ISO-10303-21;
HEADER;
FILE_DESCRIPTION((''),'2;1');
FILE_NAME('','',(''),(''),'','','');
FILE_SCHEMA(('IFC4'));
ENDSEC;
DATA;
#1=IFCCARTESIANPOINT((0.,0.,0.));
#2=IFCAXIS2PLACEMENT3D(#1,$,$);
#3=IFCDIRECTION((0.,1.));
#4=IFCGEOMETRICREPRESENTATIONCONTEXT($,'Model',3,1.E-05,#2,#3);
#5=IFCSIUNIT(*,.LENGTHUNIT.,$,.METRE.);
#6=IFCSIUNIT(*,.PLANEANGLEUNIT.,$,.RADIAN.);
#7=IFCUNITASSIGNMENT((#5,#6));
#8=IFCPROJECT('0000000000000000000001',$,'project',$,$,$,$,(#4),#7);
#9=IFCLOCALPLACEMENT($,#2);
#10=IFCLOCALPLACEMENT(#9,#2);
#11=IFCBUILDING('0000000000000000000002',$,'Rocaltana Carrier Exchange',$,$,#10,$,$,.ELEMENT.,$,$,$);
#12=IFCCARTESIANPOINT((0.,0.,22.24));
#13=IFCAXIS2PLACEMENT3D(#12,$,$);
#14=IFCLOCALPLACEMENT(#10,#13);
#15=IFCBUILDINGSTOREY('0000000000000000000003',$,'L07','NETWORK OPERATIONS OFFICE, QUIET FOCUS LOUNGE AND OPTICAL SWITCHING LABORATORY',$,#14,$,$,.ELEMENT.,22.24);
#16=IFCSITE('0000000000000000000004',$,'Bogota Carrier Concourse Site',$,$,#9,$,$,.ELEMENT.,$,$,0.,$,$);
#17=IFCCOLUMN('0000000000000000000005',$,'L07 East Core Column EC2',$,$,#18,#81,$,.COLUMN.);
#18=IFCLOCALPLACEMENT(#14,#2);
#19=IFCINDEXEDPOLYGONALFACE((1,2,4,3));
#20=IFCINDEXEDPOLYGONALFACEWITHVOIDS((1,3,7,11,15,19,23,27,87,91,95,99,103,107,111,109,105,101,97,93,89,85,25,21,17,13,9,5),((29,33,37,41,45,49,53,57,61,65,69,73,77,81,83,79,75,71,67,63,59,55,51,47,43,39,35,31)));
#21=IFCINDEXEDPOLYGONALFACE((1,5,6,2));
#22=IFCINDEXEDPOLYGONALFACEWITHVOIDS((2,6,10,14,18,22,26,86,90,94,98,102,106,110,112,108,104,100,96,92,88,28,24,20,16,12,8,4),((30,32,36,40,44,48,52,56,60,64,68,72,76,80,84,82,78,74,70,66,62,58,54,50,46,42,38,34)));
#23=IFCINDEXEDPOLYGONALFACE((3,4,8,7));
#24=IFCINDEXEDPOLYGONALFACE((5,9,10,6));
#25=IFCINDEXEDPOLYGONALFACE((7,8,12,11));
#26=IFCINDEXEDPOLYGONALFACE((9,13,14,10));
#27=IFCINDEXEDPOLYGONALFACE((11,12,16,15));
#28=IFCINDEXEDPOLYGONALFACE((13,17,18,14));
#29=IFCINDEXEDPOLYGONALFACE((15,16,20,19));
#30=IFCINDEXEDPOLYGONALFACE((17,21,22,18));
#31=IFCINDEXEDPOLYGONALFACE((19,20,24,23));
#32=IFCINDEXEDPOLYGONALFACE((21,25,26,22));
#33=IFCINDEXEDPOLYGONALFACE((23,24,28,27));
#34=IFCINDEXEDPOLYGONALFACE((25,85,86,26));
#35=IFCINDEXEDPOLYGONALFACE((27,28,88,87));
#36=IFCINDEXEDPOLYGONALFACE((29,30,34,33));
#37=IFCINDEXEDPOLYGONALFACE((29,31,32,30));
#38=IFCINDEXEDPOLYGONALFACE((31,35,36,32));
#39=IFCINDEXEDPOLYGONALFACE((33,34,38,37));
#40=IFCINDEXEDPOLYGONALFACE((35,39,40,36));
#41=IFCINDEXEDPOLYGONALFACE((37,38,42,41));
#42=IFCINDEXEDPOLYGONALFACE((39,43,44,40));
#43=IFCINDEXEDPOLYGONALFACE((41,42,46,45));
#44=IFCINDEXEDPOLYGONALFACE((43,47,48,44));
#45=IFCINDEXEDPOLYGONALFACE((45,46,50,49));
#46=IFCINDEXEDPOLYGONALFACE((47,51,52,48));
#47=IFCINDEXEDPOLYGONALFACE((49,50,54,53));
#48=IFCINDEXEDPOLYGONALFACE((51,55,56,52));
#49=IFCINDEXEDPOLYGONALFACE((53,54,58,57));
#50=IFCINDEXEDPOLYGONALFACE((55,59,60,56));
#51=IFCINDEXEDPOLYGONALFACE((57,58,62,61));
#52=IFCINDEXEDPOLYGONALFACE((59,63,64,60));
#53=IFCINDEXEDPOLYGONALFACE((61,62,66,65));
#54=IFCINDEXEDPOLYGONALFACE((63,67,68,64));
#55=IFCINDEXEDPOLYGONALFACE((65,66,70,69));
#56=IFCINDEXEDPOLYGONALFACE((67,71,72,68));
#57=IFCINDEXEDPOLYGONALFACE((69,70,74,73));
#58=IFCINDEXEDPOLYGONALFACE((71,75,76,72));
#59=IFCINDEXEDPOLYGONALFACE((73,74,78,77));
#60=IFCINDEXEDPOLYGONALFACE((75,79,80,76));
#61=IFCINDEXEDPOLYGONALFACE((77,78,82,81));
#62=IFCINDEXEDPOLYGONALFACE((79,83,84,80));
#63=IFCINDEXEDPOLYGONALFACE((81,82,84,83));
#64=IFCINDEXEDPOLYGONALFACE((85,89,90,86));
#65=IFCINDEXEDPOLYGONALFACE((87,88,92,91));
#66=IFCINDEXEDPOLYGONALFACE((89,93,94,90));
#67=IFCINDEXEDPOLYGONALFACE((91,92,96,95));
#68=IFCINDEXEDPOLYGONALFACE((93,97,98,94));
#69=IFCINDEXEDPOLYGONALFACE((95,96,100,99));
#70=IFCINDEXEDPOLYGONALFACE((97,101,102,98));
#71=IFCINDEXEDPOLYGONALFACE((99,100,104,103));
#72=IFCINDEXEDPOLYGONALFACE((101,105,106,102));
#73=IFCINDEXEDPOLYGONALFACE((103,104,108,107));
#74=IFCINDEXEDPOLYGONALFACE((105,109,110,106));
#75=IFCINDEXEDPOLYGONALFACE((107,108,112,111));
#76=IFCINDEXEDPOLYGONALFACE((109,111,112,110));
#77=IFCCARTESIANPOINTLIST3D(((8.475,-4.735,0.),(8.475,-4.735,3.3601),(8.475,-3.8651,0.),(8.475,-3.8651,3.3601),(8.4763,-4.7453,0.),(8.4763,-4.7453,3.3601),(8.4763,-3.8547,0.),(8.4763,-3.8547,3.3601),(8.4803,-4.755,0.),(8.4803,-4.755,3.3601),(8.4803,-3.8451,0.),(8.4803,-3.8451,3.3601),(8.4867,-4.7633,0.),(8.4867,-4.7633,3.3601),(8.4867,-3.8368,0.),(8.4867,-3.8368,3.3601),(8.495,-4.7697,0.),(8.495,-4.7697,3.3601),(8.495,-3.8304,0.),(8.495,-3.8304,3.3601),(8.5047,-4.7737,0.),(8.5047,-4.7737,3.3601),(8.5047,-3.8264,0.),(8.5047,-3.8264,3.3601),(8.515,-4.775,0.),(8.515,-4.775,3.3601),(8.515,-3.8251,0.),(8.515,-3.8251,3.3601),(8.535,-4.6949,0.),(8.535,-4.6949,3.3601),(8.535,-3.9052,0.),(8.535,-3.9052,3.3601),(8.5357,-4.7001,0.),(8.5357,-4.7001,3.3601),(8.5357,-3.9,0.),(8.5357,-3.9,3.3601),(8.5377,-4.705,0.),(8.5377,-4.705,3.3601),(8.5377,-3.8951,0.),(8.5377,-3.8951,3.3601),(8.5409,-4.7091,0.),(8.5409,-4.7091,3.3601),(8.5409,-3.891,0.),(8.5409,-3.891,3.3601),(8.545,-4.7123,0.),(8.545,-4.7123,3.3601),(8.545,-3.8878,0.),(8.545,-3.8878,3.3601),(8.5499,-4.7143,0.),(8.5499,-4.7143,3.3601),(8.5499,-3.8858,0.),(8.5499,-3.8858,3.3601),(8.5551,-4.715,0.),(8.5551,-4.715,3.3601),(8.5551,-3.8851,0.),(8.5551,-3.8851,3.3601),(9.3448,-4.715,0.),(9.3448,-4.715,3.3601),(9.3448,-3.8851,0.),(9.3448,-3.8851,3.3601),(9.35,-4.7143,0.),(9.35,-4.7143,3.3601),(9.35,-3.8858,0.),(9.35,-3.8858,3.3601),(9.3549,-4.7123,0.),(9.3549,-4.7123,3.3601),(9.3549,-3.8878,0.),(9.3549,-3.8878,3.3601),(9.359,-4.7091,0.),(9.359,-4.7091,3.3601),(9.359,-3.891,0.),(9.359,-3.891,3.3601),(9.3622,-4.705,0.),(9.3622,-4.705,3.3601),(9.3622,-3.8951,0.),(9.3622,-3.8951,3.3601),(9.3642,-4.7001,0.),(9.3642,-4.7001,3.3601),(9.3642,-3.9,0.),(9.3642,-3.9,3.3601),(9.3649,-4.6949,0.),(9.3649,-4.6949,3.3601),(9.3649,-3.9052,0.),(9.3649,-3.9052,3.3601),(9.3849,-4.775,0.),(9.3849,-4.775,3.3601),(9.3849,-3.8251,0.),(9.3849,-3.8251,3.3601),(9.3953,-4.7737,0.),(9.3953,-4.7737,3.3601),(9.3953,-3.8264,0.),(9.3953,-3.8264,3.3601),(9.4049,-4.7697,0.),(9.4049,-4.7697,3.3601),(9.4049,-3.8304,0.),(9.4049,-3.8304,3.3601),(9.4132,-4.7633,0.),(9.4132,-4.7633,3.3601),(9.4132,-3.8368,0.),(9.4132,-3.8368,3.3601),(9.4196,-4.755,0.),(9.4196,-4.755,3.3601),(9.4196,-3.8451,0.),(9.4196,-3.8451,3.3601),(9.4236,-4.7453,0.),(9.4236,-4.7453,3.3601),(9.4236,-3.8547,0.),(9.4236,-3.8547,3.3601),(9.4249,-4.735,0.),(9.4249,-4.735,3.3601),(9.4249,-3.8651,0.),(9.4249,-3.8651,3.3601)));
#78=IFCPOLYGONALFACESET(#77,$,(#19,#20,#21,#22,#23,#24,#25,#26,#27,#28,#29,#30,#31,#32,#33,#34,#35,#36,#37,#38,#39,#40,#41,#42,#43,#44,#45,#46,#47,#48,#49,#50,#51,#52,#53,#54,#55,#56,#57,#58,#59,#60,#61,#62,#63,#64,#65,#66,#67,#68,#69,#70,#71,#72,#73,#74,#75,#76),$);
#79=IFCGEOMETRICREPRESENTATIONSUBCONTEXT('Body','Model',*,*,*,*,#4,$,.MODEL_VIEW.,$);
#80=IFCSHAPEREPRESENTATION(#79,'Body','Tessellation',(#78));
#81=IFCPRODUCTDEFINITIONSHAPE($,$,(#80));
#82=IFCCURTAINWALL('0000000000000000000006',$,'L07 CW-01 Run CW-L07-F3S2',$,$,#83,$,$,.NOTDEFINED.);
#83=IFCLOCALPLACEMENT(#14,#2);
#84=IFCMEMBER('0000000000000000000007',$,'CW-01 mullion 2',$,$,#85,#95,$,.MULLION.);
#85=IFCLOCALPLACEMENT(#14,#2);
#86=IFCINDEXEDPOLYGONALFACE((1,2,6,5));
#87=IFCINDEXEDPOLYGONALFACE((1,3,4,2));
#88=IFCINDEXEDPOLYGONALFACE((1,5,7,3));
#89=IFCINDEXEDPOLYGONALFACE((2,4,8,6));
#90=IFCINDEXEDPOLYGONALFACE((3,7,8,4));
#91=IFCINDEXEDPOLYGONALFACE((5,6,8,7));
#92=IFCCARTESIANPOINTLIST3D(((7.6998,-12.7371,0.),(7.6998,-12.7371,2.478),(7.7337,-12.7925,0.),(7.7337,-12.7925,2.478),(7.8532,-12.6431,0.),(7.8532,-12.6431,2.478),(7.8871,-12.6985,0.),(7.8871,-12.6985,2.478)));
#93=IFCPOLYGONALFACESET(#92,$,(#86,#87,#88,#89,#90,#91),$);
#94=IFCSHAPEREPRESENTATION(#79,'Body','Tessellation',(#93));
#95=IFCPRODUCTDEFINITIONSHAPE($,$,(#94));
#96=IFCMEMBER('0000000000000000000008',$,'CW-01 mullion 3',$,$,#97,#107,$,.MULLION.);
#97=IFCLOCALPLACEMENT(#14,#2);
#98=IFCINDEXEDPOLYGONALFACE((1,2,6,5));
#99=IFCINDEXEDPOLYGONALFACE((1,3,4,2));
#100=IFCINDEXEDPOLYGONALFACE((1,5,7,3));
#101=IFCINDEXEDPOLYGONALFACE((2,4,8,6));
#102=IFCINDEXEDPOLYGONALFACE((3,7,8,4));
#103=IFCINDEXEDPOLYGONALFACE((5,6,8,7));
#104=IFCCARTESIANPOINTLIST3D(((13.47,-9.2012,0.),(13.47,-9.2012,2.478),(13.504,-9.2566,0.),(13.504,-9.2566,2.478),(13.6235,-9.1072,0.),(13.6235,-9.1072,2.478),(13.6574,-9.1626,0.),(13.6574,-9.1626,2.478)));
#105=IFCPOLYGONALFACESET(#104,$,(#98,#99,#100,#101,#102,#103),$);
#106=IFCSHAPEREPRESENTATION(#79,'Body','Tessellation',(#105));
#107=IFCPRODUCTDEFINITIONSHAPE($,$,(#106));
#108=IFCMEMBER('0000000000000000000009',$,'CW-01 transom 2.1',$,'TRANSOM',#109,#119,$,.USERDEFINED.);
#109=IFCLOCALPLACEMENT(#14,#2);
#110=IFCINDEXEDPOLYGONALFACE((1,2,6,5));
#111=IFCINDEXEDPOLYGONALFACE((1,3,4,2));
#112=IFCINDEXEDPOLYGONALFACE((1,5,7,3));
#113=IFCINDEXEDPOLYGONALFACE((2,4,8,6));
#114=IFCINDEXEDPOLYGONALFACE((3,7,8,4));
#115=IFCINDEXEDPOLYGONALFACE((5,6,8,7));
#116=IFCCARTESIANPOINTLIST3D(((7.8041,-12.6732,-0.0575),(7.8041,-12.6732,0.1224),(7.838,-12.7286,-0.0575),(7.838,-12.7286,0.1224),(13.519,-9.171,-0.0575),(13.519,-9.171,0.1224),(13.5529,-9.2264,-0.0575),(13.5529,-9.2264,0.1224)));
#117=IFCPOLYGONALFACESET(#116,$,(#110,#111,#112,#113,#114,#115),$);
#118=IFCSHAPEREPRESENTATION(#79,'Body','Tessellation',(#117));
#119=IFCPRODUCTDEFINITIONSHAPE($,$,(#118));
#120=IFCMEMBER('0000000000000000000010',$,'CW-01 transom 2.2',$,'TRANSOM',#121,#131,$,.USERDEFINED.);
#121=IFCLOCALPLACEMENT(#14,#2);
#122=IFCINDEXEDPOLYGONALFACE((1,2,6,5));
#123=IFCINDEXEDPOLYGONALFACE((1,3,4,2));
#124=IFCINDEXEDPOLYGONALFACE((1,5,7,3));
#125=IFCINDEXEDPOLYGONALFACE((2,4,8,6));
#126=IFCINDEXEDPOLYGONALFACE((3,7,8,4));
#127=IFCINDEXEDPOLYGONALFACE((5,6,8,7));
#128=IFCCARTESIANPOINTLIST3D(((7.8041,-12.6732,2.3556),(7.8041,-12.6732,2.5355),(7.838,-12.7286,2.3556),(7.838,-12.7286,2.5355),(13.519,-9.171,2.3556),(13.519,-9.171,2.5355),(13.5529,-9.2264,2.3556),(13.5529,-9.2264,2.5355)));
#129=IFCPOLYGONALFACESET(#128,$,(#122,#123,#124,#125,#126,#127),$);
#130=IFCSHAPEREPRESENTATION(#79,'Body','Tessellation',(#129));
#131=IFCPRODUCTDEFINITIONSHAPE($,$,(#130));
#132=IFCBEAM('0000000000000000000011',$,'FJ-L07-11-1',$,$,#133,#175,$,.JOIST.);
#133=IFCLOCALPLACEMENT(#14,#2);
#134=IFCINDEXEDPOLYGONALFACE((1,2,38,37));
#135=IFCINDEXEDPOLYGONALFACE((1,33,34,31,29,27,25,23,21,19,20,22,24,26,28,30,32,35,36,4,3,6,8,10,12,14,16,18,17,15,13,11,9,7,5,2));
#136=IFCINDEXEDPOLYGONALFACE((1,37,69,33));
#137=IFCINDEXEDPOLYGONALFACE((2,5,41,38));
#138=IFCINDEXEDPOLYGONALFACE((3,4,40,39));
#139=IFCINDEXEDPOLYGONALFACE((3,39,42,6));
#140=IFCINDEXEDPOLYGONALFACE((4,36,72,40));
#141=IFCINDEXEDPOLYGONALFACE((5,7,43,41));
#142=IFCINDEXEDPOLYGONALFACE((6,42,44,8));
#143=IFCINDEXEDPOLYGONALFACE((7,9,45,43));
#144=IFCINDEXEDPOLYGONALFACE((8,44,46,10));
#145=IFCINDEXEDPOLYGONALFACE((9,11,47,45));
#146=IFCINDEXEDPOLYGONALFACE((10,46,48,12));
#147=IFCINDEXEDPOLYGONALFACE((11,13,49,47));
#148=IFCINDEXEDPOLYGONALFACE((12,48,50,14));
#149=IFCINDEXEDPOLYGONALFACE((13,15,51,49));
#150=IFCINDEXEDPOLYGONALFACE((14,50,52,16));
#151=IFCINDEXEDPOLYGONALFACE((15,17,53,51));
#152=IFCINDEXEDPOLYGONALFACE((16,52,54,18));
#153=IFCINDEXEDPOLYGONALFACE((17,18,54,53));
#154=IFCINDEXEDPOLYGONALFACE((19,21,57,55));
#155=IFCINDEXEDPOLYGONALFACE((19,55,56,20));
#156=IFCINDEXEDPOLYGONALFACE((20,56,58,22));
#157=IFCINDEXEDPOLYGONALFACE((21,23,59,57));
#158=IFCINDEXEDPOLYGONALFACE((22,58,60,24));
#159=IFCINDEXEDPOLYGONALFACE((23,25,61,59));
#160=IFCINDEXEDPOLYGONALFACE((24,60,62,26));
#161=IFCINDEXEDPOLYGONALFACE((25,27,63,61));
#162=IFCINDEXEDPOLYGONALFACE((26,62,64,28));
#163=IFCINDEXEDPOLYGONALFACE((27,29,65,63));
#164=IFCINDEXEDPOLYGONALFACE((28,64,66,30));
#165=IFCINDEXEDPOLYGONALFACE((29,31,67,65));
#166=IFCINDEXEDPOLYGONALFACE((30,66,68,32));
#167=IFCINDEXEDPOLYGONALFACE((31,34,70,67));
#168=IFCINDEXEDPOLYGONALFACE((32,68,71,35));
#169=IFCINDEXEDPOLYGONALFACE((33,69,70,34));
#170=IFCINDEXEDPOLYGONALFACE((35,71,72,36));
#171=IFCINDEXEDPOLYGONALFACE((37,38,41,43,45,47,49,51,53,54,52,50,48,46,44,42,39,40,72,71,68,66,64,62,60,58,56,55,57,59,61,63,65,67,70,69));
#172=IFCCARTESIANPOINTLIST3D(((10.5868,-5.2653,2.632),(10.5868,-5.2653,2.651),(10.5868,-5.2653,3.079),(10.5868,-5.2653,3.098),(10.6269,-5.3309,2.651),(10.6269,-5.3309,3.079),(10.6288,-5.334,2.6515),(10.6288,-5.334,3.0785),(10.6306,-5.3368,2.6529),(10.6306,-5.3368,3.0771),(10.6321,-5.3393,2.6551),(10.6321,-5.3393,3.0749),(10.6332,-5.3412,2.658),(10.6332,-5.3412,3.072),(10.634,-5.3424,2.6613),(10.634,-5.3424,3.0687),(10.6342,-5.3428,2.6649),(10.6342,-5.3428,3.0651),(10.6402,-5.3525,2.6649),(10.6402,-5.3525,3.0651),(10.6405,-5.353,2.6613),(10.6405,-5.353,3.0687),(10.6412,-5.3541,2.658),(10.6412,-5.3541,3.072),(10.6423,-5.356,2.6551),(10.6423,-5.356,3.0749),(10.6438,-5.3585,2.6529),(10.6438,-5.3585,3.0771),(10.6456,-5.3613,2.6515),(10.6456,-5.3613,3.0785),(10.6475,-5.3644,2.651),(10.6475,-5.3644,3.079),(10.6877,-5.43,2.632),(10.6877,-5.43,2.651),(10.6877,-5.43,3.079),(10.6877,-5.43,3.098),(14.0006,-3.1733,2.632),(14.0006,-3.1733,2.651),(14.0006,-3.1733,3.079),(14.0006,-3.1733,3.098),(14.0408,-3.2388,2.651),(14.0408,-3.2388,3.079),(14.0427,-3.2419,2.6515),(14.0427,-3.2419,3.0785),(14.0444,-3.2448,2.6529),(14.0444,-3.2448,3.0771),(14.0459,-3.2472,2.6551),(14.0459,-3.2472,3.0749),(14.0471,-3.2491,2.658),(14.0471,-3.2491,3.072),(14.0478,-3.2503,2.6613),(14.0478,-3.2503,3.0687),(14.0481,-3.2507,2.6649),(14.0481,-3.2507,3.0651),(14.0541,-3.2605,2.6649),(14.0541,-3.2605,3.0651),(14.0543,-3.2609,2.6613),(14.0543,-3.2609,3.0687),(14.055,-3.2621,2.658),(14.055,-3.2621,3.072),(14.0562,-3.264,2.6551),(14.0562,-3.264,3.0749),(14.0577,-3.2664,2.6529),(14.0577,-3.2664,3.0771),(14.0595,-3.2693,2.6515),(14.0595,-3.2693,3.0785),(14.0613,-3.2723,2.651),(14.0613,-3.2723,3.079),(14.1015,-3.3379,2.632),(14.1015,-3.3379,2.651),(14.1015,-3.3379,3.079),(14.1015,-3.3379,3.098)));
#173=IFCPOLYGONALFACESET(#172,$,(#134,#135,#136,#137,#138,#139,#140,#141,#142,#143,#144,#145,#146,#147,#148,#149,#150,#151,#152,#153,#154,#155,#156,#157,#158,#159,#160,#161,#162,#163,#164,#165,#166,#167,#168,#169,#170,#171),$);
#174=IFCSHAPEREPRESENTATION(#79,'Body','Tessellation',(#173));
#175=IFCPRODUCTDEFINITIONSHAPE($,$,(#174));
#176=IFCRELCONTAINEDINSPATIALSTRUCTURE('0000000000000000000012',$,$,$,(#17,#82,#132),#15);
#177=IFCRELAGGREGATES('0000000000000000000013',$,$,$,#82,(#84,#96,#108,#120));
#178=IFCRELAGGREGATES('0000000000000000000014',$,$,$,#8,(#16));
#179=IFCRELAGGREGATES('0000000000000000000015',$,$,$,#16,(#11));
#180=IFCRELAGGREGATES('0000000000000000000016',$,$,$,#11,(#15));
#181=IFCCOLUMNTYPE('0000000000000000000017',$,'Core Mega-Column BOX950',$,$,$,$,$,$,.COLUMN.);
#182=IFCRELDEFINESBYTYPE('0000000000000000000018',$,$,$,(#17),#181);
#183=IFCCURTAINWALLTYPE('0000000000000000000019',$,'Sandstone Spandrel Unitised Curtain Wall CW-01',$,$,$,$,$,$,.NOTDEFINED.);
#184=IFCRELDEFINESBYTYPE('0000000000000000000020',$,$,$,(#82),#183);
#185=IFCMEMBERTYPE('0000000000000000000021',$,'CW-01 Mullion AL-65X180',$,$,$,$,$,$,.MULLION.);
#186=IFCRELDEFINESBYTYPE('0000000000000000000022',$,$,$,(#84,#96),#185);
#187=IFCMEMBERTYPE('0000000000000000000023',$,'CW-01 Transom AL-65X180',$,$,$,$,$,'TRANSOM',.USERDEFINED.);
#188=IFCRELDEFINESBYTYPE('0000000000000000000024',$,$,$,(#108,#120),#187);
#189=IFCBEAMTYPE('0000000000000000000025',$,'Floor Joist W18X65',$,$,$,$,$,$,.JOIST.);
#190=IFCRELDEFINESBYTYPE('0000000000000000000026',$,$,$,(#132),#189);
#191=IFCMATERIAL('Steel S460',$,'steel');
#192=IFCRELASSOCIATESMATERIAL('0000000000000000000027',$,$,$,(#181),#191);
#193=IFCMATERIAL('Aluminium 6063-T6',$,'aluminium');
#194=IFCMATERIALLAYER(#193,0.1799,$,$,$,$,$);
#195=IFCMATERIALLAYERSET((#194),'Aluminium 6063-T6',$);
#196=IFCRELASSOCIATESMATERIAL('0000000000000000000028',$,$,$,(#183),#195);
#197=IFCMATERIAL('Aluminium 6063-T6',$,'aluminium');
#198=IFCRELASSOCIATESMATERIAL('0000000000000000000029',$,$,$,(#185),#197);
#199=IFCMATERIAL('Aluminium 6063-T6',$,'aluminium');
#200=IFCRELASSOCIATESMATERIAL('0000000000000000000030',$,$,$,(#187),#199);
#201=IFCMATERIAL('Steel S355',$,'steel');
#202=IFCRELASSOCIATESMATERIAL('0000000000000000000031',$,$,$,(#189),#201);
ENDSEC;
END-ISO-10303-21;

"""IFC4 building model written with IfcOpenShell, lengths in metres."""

from ifc_helpers import new_model, si_unit, direction, frame, origin, origin_2d, place, context, subcontext, project, spatial, rectangle, hollow_rectangle, i_section, extrude, material, layer, layer_set, material_profile, profile_set, type_object, element, aggregate, save


model = new_model("IFC4")

# Units and contexts
model_context = context("Model", 3, precision=1e-05, world=origin(), true_north=direction((0.0, 1.0)))
body_context = subcontext(model_context, "Body", "Model", "MODEL_VIEW")
ifc_project = project(units=[si_unit("LENGTHUNIT", "METRE"), si_unit("PLANEANGLEUNIT", "RADIAN")], contexts=[model_context])

# Site, building, storey
site_placement = place(None, origin())
site = spatial("IfcSite", under=ifc_project, at=site_placement, Name="Bogota Carrier Concourse Site", CompositionType="ELEMENT", RefElevation=0.0)
building_placement = place(site_placement, origin())
building = spatial("IfcBuilding", under=site, at=building_placement, Name="Rocaltana Carrier Exchange", CompositionType="ELEMENT")
storey_placement = place(building_placement, frame((0.0, 0.0, 22.24)))
storey = spatial("IfcBuildingStorey", under=building, at=storey_placement, Name="L07", Description="NETWORK OPERATIONS OFFICE, QUIET FOCUS LOUNGE AND OPTICAL SWITCHING LABORATORY", CompositionType="ELEMENT", Elevation=22.24)

# Column
ifc_material_1 = material(Name="Steel S460", Category="steel")
ifc_material_profile_1 = material_profile(ifc_material_1, hollow_rectangle(XDim=0.95, YDim=0.95, WallThickness=0.0601, InnerFilletRadius=0.02, OuterFilletRadius=0.04, at=origin_2d()), Name="BOX950X950X60")
ifc_profile_set_1 = profile_set([ifc_material_profile_1], Name="Steel S460")
column_type = type_object("IfcColumnType", Name="Core Mega-Column BOX950", PredefinedType="COLUMN", material=ifc_profile_set_1)
column_placement = place(storey_placement, frame((8.95, -4.3, 0.0), z_axis=(0.0, 0.0, 1.0), x_axis=(1.0, 0.0, 0.0)))
element("IfcColumn", 1, at=column_placement, inside=storey, type_object=column_type, Name="L07 East Core Column EC2", PredefinedType="COLUMN", context=body_context, shape_type="SweptSolid", body=[
    extrude(hollow_rectangle(XDim=0.95, YDim=0.95, WallThickness=0.0601, InnerFilletRadius=0.02, OuterFilletRadius=0.04, at=origin_2d()), origin(), (0.0, 0.0, 1.0), 3.3601),
])

# Curtain wall, members
ifc_material_2 = material(Name="Aluminium 6063-T6", Category="aluminium")
ifc_layer_1 = layer(ifc_material_2, 0.1799)
ifc_layer_set_1 = layer_set([ifc_layer_1], Name="Aluminium 6063-T6")
curtain_wall_type = type_object("IfcCurtainWallType", Name="Sandstone Spandrel Unitised Curtain Wall CW-01", PredefinedType="NOTDEFINED", material=ifc_layer_set_1)
curtain_wall_placement = place(storey_placement, origin())
curtain_wall = element("IfcCurtainWall", 2, at=curtain_wall_placement, inside=storey, type_object=curtain_wall_type, Name="L07 CW-01 Run CW-L07-F3S2", PredefinedType="NOTDEFINED")
ifc_material_3 = material(Name="Aluminium 6063-T6", Category="aluminium")
ifc_material_profile_2 = material_profile(ifc_material_3, rectangle(XDim=0.0649, YDim=0.1799, at=origin_2d()), Name="AL-65X180")
ifc_profile_set_2 = profile_set([ifc_material_profile_2], Name="Aluminium 6063-T6")
member_type_1 = type_object("IfcMemberType", Name="CW-01 Mullion AL-65X180", PredefinedType="MULLION", material=ifc_profile_set_2)
member_1_placement = place(storey_placement, frame((7.7935, -12.7178, 0.0), z_axis=(0.0, 0.0, 1.0), x_axis=(-0.5225, 0.852639, 0.0)))
member_1 = element("IfcMember", 3, at=member_1_placement, type_object=member_type_1, Name="CW-01 mullion 2", PredefinedType="MULLION", context=body_context, shape_type="SweptSolid", body=[
    extrude(rectangle(XDim=0.0649, YDim=0.1799, at=origin_2d()), origin(), (0.0, 0.0, 1.0), 2.478),
])
member_2_placement = place(storey_placement, frame((13.5637, -9.1819, 0.0), z_axis=(0.0, 0.0, 1.0), x_axis=(-0.5225, 0.852639, 0.0)))
member_2 = element("IfcMember", 4, at=member_2_placement, type_object=member_type_1, Name="CW-01 mullion 3", PredefinedType="MULLION", context=body_context, shape_type="SweptSolid", body=[
    extrude(rectangle(XDim=0.0649, YDim=0.1799, at=origin_2d()), origin(), (0.0, 0.0, 1.0), 2.478),
])
ifc_material_4 = material(Name="Aluminium 6063-T6", Category="aluminium")
ifc_material_profile_3 = material_profile(ifc_material_4, rectangle(XDim=0.0649, YDim=0.1799, at=origin_2d()), Name="AL-65X180")
ifc_profile_set_3 = profile_set([ifc_material_profile_3], Name="Aluminium 6063-T6")
member_type_2 = type_object("IfcMemberType", Name="CW-01 Transom AL-65X180", ElementType="TRANSOM", PredefinedType="USERDEFINED", material=ifc_profile_set_3)
member_3_placement = place(storey_placement, frame((7.821, -12.7009, 0.0325), z_axis=(0.852631, 0.522513, 0.0), x_axis=(-0.522513, 0.852631, 0.0)))
member_3 = element("IfcMember", 5, at=member_3_placement, type_object=member_type_2, Name="CW-01 transom 2.1", ObjectType="TRANSOM", PredefinedType="USERDEFINED", context=body_context, shape_type="SweptSolid", body=[
    extrude(rectangle(XDim=0.0649, YDim=0.1799, at=origin_2d()), origin(), (0.0, 0.0, 1.0), 6.7026),
])
member_4_placement = place(storey_placement, frame((7.821, -12.7009, 2.4456), z_axis=(0.852631, 0.522513, 0.0), x_axis=(-0.522513, 0.852631, 0.0)))
member_4 = element("IfcMember", 6, at=member_4_placement, type_object=member_type_2, Name="CW-01 transom 2.2", ObjectType="TRANSOM", PredefinedType="USERDEFINED", context=body_context, shape_type="SweptSolid", body=[
    extrude(rectangle(XDim=0.0649, YDim=0.1799, at=origin_2d()), origin(), (0.0, 0.0, 1.0), 6.7026),
])

# Beam
ifc_material_5 = material(Name="Steel S355", Category="steel")
ifc_material_profile_4 = material_profile(ifc_material_5, i_section(OverallWidth=0.1931, OverallDepth=0.4661, WebThickness=0.0115, FlangeThickness=0.019, FilletRadius=0.0139, at=origin_2d()), Name="W18X65")
ifc_profile_set_4 = profile_set([ifc_material_profile_4], Name="Steel S355")
beam_type_1 = type_object("IfcBeamType", Name="Floor Joist W18X65", PredefinedType="JOIST", material=ifc_profile_set_4)
beam_1_placement = place(storey_placement, frame((10.6372, -5.3477, 2.865), z_axis=(0.852635, 0.522508, 0.0), x_axis=(-0.522508, 0.852635, 0.0)))
element("IfcBeam", 7, at=beam_1_placement, inside=storey, type_object=beam_type_1, Name="FJ-L07-11-1", PredefinedType="JOIST", context=body_context, shape_type="SweptSolid", body=[
    extrude(i_section(OverallWidth=0.1931, OverallDepth=0.4661, WebThickness=0.0115, FlangeThickness=0.019, FilletRadius=0.0139, at=origin_2d()), origin(), (0.0, 0.0, 1.0), 4.0039),
])

aggregate(curtain_wall, [member_1, member_2, member_3, member_4])

save(model, "model.ifc")
